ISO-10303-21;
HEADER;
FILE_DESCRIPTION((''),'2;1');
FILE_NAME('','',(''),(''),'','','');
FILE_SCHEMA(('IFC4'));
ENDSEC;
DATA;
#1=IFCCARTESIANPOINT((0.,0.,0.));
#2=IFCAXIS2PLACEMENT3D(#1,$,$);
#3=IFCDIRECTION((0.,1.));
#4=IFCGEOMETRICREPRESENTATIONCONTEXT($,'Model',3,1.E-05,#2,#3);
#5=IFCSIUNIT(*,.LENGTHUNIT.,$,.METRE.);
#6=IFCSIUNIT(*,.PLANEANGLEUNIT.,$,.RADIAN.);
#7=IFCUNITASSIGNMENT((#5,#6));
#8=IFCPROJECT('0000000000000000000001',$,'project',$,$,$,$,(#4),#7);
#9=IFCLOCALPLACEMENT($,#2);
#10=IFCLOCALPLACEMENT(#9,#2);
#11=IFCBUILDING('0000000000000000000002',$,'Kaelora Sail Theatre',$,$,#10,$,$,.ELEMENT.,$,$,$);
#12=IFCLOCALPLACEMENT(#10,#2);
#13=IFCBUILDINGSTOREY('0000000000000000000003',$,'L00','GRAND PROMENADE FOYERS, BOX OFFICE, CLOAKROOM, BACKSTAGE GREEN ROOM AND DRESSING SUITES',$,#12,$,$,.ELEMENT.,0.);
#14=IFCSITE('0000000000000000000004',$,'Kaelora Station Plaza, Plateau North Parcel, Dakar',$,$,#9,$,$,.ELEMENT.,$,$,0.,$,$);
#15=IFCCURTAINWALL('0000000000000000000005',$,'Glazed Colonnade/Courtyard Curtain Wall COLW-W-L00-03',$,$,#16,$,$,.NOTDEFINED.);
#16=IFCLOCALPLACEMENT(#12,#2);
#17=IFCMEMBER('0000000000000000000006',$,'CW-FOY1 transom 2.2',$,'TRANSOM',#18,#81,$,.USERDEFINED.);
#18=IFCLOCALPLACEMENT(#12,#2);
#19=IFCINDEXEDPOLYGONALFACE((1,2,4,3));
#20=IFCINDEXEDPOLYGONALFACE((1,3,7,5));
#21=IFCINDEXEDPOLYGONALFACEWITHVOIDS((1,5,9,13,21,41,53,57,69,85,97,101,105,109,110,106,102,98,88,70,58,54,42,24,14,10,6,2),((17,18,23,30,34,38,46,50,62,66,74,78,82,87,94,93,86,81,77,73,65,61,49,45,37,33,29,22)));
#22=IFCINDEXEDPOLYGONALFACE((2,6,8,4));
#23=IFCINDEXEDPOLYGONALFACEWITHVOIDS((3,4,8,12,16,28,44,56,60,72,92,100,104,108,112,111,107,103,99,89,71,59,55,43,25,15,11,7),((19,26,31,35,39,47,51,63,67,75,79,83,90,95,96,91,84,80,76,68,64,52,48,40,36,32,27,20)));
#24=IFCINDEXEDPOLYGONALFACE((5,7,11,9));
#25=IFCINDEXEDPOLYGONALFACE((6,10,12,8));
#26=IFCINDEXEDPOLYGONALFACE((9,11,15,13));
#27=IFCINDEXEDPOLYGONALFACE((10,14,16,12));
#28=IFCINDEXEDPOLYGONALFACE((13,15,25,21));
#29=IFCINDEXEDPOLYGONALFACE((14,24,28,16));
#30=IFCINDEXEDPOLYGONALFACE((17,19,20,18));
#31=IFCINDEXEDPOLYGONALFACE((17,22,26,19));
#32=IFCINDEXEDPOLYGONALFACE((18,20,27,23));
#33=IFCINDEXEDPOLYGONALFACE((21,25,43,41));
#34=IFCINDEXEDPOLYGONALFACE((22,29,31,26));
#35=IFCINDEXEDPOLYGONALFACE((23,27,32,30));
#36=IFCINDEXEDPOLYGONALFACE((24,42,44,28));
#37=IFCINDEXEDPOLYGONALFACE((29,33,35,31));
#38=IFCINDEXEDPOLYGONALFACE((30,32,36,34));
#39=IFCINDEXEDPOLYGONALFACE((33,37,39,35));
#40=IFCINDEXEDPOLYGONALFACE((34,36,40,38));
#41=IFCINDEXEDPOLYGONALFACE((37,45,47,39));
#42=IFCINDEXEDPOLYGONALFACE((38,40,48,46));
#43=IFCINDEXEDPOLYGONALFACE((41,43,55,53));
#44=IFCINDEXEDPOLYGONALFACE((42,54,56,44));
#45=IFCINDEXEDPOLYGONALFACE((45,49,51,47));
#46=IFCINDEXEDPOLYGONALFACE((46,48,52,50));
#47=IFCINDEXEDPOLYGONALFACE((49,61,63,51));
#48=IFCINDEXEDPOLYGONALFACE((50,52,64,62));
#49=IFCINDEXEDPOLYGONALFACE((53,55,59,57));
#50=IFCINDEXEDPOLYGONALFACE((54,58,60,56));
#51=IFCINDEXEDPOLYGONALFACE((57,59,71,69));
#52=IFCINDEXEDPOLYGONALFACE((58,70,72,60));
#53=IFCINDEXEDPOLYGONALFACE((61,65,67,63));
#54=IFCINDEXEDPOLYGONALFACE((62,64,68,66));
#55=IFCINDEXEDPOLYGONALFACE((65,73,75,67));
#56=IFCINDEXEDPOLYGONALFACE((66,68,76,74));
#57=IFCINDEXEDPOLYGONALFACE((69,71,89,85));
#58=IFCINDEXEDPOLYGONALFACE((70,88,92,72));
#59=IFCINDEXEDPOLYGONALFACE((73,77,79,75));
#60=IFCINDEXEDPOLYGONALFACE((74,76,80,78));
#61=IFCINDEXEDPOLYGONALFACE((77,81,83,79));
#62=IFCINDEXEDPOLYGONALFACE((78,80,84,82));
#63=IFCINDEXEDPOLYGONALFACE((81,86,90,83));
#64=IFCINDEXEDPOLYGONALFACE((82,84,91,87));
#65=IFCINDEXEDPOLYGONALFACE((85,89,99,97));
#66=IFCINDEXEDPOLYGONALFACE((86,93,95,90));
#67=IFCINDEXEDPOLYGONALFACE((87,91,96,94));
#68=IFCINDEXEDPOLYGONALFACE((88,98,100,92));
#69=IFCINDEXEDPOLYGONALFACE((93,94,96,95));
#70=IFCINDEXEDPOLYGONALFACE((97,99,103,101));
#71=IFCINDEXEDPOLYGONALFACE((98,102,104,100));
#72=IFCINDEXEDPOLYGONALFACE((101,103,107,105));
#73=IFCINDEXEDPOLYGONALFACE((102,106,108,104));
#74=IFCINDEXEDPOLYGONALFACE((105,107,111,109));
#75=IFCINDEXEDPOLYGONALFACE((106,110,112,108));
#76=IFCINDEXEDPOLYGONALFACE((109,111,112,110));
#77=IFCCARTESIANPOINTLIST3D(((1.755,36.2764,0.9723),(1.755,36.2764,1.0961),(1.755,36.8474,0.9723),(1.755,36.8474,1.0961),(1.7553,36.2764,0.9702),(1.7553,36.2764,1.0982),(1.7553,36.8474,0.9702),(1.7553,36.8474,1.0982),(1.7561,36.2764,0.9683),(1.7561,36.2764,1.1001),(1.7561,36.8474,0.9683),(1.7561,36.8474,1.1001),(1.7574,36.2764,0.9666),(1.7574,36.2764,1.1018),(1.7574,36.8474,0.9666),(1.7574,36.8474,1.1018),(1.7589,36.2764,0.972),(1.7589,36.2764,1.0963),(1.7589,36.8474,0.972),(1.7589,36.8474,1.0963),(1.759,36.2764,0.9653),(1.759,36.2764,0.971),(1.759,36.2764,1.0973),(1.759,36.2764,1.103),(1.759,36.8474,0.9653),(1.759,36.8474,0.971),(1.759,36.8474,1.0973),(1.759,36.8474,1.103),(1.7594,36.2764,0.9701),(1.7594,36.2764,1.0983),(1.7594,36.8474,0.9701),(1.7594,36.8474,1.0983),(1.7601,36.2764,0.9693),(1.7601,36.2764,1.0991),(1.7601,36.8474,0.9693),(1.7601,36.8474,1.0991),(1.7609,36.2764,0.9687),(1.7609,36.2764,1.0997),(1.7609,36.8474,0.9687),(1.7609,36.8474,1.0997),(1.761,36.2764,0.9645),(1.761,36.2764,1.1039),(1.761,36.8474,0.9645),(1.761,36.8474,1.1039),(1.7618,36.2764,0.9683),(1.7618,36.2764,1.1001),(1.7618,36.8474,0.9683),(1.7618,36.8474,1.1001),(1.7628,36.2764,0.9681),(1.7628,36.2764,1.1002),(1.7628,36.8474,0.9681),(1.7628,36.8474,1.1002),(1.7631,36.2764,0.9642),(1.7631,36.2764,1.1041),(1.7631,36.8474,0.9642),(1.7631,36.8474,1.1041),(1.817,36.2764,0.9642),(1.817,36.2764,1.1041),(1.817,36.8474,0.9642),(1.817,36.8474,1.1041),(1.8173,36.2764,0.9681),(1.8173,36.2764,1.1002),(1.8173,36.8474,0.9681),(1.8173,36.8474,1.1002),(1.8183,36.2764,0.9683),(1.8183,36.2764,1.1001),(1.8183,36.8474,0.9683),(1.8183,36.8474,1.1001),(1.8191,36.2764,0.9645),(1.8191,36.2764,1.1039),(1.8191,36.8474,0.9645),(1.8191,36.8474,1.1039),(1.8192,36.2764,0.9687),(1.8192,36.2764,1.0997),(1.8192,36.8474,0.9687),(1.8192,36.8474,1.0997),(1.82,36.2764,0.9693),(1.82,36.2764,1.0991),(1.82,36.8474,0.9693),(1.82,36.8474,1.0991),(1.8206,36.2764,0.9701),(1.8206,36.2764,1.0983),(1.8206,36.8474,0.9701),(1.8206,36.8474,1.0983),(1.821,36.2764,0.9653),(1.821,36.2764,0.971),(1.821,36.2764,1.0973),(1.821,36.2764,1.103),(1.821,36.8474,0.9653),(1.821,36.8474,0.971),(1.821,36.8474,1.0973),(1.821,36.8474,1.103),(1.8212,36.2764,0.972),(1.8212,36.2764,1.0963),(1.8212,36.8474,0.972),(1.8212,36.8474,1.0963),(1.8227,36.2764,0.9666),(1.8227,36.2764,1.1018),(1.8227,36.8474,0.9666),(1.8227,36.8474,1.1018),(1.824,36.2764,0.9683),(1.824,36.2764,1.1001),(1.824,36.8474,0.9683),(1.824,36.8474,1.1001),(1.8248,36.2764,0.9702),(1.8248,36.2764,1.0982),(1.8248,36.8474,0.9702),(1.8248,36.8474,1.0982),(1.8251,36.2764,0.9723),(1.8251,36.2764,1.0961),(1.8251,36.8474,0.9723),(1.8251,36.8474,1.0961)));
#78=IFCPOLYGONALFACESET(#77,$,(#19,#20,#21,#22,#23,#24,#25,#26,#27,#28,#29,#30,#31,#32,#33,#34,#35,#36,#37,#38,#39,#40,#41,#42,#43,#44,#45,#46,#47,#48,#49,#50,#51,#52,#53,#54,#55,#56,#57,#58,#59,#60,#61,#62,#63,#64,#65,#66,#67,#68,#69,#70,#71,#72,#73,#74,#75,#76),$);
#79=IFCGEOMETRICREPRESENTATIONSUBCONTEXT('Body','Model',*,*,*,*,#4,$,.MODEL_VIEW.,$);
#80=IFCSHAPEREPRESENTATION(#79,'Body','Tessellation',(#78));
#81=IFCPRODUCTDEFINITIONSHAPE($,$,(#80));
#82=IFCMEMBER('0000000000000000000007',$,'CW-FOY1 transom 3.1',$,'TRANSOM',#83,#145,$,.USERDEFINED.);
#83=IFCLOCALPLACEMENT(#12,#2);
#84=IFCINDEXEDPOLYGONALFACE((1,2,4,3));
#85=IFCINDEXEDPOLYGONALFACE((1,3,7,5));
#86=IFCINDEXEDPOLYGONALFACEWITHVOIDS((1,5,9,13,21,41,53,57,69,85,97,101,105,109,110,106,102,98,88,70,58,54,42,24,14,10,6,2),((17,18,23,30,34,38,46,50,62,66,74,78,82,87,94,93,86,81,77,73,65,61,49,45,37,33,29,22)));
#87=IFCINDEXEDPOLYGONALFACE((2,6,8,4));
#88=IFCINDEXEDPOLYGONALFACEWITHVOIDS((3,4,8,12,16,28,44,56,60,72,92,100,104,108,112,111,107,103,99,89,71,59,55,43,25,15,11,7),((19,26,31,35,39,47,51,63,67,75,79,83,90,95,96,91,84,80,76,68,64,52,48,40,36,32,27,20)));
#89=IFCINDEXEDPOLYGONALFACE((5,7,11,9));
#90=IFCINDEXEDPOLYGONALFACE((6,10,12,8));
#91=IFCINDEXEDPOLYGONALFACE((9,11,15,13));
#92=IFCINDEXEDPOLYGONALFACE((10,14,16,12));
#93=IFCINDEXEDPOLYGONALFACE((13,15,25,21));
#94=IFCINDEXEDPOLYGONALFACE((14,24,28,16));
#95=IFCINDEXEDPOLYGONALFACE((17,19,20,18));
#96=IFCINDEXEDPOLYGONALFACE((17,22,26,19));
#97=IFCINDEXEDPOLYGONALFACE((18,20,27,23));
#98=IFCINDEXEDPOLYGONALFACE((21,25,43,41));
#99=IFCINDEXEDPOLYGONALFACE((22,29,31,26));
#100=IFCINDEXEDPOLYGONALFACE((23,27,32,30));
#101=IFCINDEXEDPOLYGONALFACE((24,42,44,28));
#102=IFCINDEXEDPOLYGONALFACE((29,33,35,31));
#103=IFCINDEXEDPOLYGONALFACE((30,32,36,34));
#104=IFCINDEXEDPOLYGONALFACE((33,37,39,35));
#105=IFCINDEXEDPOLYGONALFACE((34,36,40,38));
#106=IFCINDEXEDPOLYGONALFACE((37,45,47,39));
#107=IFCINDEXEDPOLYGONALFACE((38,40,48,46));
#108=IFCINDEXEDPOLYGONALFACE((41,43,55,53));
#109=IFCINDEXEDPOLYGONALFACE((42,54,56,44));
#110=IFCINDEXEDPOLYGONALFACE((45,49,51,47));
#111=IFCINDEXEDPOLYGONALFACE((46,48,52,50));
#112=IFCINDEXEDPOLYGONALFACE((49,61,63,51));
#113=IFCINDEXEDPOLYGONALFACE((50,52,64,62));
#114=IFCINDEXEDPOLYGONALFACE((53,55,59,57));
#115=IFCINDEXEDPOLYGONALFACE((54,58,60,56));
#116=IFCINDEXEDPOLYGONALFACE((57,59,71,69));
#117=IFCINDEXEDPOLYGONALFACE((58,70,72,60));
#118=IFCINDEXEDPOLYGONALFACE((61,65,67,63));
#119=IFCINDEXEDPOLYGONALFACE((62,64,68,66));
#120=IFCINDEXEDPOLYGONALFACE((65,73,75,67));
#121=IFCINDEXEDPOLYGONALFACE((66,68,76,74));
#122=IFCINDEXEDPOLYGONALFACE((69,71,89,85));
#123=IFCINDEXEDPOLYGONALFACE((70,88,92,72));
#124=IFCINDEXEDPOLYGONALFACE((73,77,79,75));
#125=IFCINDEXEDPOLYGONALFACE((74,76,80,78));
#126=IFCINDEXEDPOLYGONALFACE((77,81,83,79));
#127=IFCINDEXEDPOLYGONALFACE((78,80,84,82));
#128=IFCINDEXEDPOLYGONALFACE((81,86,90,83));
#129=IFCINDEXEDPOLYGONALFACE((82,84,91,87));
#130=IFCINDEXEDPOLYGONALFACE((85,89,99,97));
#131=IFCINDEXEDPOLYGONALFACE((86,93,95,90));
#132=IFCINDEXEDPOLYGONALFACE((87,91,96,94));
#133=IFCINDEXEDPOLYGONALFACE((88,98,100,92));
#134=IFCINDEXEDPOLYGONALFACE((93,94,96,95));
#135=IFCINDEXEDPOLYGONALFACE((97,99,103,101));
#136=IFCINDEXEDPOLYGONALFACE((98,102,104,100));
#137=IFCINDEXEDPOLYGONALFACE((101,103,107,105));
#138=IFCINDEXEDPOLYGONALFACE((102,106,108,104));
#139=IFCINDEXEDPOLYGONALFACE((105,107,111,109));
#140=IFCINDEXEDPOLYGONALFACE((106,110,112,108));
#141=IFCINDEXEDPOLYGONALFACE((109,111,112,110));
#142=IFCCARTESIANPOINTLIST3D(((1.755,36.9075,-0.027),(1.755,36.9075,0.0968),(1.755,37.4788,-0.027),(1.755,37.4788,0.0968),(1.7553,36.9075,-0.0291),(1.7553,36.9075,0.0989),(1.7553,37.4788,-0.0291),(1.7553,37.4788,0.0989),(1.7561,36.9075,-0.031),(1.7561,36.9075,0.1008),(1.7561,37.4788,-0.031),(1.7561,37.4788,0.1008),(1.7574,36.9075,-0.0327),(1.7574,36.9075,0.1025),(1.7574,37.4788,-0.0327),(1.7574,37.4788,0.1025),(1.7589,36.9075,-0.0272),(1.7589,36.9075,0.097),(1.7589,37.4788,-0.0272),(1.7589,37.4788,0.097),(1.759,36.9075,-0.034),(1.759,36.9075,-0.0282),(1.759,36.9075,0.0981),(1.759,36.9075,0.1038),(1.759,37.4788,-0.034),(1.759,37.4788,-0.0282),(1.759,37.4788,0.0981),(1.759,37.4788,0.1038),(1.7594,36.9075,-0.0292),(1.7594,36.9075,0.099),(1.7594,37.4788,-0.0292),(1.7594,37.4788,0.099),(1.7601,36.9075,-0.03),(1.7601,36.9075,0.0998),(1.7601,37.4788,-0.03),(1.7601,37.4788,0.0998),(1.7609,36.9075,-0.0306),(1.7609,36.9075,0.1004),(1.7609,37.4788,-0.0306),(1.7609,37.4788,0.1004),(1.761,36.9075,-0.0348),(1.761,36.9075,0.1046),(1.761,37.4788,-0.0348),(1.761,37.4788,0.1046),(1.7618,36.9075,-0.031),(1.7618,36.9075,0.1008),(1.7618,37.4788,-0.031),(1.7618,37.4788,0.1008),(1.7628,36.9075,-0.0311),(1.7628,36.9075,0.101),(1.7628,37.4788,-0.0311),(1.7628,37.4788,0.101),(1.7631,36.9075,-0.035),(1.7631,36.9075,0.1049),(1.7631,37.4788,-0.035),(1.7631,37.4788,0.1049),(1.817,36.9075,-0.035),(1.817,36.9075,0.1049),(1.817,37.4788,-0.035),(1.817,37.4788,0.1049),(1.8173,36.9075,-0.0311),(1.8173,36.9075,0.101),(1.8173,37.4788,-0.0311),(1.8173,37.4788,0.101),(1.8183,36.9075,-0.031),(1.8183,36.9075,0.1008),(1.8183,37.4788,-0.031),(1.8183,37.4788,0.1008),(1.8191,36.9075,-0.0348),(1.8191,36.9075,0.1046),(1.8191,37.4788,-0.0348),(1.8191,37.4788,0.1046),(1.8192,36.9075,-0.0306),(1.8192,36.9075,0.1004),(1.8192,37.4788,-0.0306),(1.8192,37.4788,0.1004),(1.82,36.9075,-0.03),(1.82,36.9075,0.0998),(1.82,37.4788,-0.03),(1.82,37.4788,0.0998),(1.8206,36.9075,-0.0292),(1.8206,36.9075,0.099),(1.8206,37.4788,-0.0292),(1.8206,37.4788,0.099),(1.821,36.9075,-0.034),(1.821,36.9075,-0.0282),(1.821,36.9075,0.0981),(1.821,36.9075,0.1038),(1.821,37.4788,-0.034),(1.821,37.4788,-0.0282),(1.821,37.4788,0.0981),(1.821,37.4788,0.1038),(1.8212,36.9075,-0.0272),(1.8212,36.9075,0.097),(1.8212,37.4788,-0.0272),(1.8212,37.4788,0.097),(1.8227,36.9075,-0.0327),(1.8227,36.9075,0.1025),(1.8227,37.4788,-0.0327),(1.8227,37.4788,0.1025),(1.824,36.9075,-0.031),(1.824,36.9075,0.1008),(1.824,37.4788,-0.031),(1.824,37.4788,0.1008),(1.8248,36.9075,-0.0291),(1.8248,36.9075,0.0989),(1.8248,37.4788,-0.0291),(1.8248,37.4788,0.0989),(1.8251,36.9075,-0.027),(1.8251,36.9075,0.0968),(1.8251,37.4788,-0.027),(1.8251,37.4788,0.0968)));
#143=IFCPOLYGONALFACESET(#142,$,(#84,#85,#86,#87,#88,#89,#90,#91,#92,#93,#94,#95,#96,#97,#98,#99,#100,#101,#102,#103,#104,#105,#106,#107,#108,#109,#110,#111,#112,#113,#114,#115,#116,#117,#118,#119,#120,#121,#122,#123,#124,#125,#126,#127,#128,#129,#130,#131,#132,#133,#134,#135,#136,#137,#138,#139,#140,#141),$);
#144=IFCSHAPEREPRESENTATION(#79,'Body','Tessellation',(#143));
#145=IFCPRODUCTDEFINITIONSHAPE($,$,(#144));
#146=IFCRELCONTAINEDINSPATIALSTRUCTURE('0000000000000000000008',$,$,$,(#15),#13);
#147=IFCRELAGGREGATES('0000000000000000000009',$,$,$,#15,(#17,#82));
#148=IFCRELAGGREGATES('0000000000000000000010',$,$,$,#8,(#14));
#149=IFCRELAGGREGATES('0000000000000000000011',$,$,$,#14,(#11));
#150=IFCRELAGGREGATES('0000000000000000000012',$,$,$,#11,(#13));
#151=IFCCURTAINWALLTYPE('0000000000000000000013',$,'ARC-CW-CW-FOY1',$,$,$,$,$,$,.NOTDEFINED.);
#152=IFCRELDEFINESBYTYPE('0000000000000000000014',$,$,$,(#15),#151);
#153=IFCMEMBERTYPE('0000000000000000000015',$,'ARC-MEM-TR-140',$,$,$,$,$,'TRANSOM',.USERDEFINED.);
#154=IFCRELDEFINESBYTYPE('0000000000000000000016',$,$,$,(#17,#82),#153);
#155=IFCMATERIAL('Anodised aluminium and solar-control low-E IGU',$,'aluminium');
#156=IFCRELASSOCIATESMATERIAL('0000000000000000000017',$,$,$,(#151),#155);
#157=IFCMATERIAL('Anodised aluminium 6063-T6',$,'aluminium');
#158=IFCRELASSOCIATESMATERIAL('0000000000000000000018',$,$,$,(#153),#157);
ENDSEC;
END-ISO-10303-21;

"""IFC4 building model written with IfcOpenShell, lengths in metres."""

from ifc_helpers import new_model, si_unit, direction, frame, origin, origin_2d, place, context, subcontext, project, spatial, hollow_rectangle, extrude, material, material_profile, profile_set, type_object, element, aggregate, save


model = new_model("IFC4")

# Units and contexts
model_context = context("Model", 3, precision=1e-05, world=origin(), true_north=direction((0.0, 1.0)))
body_context = subcontext(model_context, "Body", "Model", "MODEL_VIEW")
ifc_project = project(units=[si_unit("LENGTHUNIT", "METRE"), si_unit("PLANEANGLEUNIT", "RADIAN")], contexts=[model_context])

# Site, building, storey
site_placement = place(None, origin())
site = spatial("IfcSite", under=ifc_project, at=site_placement, Name="Kaelora Station Plaza, Plateau North Parcel, Dakar", CompositionType="ELEMENT", RefElevation=0.0)
building_placement = place(site_placement, origin())
building = spatial("IfcBuilding", under=site, at=building_placement, Name="Kaelora Sail Theatre", CompositionType="ELEMENT")
storey_placement = place(building_placement, origin())
storey = spatial("IfcBuildingStorey", under=building, at=storey_placement, Name="L00", Description="GRAND PROMENADE FOYERS, BOX OFFICE, CLOAKROOM, BACKSTAGE GREEN ROOM AND DRESSING SUITES", CompositionType="ELEMENT", Elevation=0.0)

# Curtain wall
ifc_material_1 = material(Name="Anodised aluminium and solar-control low-E IGU", Category="aluminium")
curtain_wall_type = type_object("IfcCurtainWallType", Name="ARC-CW-CW-FOY1", PredefinedType="NOTDEFINED", material=ifc_material_1)
curtain_wall_1_placement = place(storey_placement, origin())
curtain_wall_1 = element("IfcCurtainWall", 1, at=curtain_wall_1_placement, inside=storey, type_object=curtain_wall_type, Name="Glazed Colonnade/Courtyard Curtain Wall COLW-W-L00-03", PredefinedType="NOTDEFINED")

# Members
ifc_material_2 = material(Name="Anodised aluminium 6063-T6", Category="aluminium")
ifc_material_profile_1 = material_profile(ifc_material_2, hollow_rectangle(XDim=0.0701, YDim=0.1399, WallThickness=0.0039, InnerFilletRadius=0.0039, OuterFilletRadius=0.0081, at=origin_2d()), Name="ALU-TRAN 70x140x4")
ifc_profile_set_1 = profile_set([ifc_material_profile_1], Name="Anodised aluminium 6063-T6")
member_type_1 = type_object("IfcMemberType", Name="ARC-MEM-TR-140", ElementType="TRANSOM", PredefinedType="USERDEFINED", material=ifc_profile_set_1)
member_1_placement = place(storey_placement, frame((1.79, 36.2764, 1.0342), z_axis=(0.0, 1.0, 0.0), x_axis=(-1.0, 0.0, 0.0)))
member_1 = element("IfcMember", 2, at=member_1_placement, type_object=member_type_1, Name="CW-FOY1 transom 2.2", ObjectType="TRANSOM", PredefinedType="USERDEFINED", context=body_context, shape_type="SweptSolid", body=[
    extrude(hollow_rectangle(XDim=0.0701, YDim=0.1399, WallThickness=0.0039, InnerFilletRadius=0.0039, OuterFilletRadius=0.0081, at=origin_2d()), origin(), (0.0, 0.0, 1.0), 0.571),
])
member_2_placement = place(storey_placement, frame((1.79, 36.9075, 0.0349), z_axis=(0.0, 1.0, 0.0), x_axis=(-1.0, 0.0, 0.0)))
member_2 = element("IfcMember", 3, at=member_2_placement, type_object=member_type_1, Name="CW-FOY1 transom 3.1", ObjectType="TRANSOM", PredefinedType="USERDEFINED", context=body_context, shape_type="SweptSolid", body=[
    extrude(hollow_rectangle(XDim=0.0701, YDim=0.1399, WallThickness=0.0039, InnerFilletRadius=0.0039, OuterFilletRadius=0.0081, at=origin_2d()), origin(), (0.0, 0.0, 1.0), 0.5713),
])

aggregate(curtain_wall_1, [member_1, member_2])

save(model, "model.ifc")
